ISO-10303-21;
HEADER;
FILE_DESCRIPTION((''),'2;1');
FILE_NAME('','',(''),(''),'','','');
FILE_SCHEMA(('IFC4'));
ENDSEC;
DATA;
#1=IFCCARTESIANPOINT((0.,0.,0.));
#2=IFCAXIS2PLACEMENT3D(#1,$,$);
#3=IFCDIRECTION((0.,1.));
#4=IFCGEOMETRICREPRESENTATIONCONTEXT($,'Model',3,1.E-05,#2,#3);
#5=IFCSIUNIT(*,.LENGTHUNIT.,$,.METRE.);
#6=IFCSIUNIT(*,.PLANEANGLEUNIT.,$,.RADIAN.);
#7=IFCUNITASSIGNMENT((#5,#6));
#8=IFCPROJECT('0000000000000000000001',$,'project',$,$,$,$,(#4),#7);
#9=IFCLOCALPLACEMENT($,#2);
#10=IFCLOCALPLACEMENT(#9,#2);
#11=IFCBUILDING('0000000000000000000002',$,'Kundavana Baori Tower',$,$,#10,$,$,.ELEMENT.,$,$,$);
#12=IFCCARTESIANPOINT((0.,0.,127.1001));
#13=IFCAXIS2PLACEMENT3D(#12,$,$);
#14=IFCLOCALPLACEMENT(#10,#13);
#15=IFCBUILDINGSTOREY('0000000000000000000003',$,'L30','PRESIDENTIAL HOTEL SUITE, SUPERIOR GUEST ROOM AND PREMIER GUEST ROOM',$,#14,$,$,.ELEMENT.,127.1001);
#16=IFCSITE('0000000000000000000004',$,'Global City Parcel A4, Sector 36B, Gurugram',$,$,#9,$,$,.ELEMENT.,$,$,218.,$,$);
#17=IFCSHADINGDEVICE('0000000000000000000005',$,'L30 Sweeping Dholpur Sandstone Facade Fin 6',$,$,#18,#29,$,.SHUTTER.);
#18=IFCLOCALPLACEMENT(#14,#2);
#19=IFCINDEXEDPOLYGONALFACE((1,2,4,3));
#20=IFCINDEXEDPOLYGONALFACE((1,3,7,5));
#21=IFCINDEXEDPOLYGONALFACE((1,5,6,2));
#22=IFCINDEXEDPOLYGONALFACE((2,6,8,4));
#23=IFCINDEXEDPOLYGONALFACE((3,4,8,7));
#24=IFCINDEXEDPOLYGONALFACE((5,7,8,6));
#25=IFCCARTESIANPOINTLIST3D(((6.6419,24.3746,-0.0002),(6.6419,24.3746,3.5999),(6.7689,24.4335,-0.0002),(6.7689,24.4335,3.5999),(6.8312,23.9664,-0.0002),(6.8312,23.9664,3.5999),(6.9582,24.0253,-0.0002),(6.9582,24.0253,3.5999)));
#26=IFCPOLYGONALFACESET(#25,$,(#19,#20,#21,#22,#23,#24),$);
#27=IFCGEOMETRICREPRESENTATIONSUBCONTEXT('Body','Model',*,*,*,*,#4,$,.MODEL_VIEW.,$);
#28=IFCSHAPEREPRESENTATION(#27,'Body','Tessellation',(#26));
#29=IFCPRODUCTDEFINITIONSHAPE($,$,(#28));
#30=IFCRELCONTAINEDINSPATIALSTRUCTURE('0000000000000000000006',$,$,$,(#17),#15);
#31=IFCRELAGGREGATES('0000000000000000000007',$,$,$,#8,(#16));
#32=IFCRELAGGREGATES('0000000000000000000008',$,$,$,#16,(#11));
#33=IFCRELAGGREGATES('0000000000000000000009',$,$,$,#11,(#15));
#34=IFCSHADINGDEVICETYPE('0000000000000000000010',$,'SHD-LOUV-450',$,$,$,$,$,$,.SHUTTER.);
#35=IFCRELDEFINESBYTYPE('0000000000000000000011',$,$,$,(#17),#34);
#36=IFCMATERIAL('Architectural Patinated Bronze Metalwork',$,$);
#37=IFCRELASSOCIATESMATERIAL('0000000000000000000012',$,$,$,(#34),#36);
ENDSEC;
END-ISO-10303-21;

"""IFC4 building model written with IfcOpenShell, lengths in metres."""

from ifc_helpers import new_model, si_unit, direction, frame, origin, origin_2d, place, context, subcontext, project, spatial, rectangle, extrude, material, type_object, element, save


model = new_model("IFC4")

# Units and contexts
model_context = context("Model", 3, precision=1e-05, world=origin(), true_north=direction((0.0, 1.0)))
body_context = subcontext(model_context, "Body", "Model", "MODEL_VIEW")
ifc_project = project(units=[si_unit("LENGTHUNIT", "METRE"), si_unit("PLANEANGLEUNIT", "RADIAN")], contexts=[model_context])

# Site, building, storey
site_placement = place(None, origin())
site = spatial("IfcSite", under=ifc_project, at=site_placement, Name="Global City Parcel A4, Sector 36B, Gurugram", CompositionType="ELEMENT", RefElevation=218.0)
building_placement = place(site_placement, origin())
building = spatial("IfcBuilding", under=site, at=building_placement, Name="Kundavana Baori Tower", CompositionType="ELEMENT")
storey_placement = place(building_placement, frame((0.0, 0.0, 127.1001)))
storey = spatial("IfcBuildingStorey", under=building, at=storey_placement, Name="L30", Description="PRESIDENTIAL HOTEL SUITE, SUPERIOR GUEST ROOM AND PREMIER GUEST ROOM", CompositionType="ELEMENT", Elevation=127.1001)

# Shading device
ifc_material_1 = material(Name="Architectural Patinated Bronze Metalwork")
shading_device_type_1 = type_object("IfcShadingDeviceType", Name="SHD-LOUV-450", PredefinedType="SHUTTER", material=ifc_material_1)
shading_device_1_placement = place(storey_placement, frame((6.8, 24.2, -0.0002), z_axis=(0.0, 0.0, 1.0), x_axis=(0.907191, 0.420719, 0.0)))
element("IfcShadingDevice", 1, at=shading_device_1_placement, inside=storey, type_object=shading_device_type_1, Name="L30 Sweeping Dholpur Sandstone Facade Fin 6", PredefinedType="SHUTTER", context=body_context, shape_type="SweptSolid", body=[
    extrude(rectangle(XDim=0.1399, YDim=0.45, at=origin_2d()), origin(), (0.0, 0.0, 1.0), 3.6001),
])

save(model, "model.ifc")
